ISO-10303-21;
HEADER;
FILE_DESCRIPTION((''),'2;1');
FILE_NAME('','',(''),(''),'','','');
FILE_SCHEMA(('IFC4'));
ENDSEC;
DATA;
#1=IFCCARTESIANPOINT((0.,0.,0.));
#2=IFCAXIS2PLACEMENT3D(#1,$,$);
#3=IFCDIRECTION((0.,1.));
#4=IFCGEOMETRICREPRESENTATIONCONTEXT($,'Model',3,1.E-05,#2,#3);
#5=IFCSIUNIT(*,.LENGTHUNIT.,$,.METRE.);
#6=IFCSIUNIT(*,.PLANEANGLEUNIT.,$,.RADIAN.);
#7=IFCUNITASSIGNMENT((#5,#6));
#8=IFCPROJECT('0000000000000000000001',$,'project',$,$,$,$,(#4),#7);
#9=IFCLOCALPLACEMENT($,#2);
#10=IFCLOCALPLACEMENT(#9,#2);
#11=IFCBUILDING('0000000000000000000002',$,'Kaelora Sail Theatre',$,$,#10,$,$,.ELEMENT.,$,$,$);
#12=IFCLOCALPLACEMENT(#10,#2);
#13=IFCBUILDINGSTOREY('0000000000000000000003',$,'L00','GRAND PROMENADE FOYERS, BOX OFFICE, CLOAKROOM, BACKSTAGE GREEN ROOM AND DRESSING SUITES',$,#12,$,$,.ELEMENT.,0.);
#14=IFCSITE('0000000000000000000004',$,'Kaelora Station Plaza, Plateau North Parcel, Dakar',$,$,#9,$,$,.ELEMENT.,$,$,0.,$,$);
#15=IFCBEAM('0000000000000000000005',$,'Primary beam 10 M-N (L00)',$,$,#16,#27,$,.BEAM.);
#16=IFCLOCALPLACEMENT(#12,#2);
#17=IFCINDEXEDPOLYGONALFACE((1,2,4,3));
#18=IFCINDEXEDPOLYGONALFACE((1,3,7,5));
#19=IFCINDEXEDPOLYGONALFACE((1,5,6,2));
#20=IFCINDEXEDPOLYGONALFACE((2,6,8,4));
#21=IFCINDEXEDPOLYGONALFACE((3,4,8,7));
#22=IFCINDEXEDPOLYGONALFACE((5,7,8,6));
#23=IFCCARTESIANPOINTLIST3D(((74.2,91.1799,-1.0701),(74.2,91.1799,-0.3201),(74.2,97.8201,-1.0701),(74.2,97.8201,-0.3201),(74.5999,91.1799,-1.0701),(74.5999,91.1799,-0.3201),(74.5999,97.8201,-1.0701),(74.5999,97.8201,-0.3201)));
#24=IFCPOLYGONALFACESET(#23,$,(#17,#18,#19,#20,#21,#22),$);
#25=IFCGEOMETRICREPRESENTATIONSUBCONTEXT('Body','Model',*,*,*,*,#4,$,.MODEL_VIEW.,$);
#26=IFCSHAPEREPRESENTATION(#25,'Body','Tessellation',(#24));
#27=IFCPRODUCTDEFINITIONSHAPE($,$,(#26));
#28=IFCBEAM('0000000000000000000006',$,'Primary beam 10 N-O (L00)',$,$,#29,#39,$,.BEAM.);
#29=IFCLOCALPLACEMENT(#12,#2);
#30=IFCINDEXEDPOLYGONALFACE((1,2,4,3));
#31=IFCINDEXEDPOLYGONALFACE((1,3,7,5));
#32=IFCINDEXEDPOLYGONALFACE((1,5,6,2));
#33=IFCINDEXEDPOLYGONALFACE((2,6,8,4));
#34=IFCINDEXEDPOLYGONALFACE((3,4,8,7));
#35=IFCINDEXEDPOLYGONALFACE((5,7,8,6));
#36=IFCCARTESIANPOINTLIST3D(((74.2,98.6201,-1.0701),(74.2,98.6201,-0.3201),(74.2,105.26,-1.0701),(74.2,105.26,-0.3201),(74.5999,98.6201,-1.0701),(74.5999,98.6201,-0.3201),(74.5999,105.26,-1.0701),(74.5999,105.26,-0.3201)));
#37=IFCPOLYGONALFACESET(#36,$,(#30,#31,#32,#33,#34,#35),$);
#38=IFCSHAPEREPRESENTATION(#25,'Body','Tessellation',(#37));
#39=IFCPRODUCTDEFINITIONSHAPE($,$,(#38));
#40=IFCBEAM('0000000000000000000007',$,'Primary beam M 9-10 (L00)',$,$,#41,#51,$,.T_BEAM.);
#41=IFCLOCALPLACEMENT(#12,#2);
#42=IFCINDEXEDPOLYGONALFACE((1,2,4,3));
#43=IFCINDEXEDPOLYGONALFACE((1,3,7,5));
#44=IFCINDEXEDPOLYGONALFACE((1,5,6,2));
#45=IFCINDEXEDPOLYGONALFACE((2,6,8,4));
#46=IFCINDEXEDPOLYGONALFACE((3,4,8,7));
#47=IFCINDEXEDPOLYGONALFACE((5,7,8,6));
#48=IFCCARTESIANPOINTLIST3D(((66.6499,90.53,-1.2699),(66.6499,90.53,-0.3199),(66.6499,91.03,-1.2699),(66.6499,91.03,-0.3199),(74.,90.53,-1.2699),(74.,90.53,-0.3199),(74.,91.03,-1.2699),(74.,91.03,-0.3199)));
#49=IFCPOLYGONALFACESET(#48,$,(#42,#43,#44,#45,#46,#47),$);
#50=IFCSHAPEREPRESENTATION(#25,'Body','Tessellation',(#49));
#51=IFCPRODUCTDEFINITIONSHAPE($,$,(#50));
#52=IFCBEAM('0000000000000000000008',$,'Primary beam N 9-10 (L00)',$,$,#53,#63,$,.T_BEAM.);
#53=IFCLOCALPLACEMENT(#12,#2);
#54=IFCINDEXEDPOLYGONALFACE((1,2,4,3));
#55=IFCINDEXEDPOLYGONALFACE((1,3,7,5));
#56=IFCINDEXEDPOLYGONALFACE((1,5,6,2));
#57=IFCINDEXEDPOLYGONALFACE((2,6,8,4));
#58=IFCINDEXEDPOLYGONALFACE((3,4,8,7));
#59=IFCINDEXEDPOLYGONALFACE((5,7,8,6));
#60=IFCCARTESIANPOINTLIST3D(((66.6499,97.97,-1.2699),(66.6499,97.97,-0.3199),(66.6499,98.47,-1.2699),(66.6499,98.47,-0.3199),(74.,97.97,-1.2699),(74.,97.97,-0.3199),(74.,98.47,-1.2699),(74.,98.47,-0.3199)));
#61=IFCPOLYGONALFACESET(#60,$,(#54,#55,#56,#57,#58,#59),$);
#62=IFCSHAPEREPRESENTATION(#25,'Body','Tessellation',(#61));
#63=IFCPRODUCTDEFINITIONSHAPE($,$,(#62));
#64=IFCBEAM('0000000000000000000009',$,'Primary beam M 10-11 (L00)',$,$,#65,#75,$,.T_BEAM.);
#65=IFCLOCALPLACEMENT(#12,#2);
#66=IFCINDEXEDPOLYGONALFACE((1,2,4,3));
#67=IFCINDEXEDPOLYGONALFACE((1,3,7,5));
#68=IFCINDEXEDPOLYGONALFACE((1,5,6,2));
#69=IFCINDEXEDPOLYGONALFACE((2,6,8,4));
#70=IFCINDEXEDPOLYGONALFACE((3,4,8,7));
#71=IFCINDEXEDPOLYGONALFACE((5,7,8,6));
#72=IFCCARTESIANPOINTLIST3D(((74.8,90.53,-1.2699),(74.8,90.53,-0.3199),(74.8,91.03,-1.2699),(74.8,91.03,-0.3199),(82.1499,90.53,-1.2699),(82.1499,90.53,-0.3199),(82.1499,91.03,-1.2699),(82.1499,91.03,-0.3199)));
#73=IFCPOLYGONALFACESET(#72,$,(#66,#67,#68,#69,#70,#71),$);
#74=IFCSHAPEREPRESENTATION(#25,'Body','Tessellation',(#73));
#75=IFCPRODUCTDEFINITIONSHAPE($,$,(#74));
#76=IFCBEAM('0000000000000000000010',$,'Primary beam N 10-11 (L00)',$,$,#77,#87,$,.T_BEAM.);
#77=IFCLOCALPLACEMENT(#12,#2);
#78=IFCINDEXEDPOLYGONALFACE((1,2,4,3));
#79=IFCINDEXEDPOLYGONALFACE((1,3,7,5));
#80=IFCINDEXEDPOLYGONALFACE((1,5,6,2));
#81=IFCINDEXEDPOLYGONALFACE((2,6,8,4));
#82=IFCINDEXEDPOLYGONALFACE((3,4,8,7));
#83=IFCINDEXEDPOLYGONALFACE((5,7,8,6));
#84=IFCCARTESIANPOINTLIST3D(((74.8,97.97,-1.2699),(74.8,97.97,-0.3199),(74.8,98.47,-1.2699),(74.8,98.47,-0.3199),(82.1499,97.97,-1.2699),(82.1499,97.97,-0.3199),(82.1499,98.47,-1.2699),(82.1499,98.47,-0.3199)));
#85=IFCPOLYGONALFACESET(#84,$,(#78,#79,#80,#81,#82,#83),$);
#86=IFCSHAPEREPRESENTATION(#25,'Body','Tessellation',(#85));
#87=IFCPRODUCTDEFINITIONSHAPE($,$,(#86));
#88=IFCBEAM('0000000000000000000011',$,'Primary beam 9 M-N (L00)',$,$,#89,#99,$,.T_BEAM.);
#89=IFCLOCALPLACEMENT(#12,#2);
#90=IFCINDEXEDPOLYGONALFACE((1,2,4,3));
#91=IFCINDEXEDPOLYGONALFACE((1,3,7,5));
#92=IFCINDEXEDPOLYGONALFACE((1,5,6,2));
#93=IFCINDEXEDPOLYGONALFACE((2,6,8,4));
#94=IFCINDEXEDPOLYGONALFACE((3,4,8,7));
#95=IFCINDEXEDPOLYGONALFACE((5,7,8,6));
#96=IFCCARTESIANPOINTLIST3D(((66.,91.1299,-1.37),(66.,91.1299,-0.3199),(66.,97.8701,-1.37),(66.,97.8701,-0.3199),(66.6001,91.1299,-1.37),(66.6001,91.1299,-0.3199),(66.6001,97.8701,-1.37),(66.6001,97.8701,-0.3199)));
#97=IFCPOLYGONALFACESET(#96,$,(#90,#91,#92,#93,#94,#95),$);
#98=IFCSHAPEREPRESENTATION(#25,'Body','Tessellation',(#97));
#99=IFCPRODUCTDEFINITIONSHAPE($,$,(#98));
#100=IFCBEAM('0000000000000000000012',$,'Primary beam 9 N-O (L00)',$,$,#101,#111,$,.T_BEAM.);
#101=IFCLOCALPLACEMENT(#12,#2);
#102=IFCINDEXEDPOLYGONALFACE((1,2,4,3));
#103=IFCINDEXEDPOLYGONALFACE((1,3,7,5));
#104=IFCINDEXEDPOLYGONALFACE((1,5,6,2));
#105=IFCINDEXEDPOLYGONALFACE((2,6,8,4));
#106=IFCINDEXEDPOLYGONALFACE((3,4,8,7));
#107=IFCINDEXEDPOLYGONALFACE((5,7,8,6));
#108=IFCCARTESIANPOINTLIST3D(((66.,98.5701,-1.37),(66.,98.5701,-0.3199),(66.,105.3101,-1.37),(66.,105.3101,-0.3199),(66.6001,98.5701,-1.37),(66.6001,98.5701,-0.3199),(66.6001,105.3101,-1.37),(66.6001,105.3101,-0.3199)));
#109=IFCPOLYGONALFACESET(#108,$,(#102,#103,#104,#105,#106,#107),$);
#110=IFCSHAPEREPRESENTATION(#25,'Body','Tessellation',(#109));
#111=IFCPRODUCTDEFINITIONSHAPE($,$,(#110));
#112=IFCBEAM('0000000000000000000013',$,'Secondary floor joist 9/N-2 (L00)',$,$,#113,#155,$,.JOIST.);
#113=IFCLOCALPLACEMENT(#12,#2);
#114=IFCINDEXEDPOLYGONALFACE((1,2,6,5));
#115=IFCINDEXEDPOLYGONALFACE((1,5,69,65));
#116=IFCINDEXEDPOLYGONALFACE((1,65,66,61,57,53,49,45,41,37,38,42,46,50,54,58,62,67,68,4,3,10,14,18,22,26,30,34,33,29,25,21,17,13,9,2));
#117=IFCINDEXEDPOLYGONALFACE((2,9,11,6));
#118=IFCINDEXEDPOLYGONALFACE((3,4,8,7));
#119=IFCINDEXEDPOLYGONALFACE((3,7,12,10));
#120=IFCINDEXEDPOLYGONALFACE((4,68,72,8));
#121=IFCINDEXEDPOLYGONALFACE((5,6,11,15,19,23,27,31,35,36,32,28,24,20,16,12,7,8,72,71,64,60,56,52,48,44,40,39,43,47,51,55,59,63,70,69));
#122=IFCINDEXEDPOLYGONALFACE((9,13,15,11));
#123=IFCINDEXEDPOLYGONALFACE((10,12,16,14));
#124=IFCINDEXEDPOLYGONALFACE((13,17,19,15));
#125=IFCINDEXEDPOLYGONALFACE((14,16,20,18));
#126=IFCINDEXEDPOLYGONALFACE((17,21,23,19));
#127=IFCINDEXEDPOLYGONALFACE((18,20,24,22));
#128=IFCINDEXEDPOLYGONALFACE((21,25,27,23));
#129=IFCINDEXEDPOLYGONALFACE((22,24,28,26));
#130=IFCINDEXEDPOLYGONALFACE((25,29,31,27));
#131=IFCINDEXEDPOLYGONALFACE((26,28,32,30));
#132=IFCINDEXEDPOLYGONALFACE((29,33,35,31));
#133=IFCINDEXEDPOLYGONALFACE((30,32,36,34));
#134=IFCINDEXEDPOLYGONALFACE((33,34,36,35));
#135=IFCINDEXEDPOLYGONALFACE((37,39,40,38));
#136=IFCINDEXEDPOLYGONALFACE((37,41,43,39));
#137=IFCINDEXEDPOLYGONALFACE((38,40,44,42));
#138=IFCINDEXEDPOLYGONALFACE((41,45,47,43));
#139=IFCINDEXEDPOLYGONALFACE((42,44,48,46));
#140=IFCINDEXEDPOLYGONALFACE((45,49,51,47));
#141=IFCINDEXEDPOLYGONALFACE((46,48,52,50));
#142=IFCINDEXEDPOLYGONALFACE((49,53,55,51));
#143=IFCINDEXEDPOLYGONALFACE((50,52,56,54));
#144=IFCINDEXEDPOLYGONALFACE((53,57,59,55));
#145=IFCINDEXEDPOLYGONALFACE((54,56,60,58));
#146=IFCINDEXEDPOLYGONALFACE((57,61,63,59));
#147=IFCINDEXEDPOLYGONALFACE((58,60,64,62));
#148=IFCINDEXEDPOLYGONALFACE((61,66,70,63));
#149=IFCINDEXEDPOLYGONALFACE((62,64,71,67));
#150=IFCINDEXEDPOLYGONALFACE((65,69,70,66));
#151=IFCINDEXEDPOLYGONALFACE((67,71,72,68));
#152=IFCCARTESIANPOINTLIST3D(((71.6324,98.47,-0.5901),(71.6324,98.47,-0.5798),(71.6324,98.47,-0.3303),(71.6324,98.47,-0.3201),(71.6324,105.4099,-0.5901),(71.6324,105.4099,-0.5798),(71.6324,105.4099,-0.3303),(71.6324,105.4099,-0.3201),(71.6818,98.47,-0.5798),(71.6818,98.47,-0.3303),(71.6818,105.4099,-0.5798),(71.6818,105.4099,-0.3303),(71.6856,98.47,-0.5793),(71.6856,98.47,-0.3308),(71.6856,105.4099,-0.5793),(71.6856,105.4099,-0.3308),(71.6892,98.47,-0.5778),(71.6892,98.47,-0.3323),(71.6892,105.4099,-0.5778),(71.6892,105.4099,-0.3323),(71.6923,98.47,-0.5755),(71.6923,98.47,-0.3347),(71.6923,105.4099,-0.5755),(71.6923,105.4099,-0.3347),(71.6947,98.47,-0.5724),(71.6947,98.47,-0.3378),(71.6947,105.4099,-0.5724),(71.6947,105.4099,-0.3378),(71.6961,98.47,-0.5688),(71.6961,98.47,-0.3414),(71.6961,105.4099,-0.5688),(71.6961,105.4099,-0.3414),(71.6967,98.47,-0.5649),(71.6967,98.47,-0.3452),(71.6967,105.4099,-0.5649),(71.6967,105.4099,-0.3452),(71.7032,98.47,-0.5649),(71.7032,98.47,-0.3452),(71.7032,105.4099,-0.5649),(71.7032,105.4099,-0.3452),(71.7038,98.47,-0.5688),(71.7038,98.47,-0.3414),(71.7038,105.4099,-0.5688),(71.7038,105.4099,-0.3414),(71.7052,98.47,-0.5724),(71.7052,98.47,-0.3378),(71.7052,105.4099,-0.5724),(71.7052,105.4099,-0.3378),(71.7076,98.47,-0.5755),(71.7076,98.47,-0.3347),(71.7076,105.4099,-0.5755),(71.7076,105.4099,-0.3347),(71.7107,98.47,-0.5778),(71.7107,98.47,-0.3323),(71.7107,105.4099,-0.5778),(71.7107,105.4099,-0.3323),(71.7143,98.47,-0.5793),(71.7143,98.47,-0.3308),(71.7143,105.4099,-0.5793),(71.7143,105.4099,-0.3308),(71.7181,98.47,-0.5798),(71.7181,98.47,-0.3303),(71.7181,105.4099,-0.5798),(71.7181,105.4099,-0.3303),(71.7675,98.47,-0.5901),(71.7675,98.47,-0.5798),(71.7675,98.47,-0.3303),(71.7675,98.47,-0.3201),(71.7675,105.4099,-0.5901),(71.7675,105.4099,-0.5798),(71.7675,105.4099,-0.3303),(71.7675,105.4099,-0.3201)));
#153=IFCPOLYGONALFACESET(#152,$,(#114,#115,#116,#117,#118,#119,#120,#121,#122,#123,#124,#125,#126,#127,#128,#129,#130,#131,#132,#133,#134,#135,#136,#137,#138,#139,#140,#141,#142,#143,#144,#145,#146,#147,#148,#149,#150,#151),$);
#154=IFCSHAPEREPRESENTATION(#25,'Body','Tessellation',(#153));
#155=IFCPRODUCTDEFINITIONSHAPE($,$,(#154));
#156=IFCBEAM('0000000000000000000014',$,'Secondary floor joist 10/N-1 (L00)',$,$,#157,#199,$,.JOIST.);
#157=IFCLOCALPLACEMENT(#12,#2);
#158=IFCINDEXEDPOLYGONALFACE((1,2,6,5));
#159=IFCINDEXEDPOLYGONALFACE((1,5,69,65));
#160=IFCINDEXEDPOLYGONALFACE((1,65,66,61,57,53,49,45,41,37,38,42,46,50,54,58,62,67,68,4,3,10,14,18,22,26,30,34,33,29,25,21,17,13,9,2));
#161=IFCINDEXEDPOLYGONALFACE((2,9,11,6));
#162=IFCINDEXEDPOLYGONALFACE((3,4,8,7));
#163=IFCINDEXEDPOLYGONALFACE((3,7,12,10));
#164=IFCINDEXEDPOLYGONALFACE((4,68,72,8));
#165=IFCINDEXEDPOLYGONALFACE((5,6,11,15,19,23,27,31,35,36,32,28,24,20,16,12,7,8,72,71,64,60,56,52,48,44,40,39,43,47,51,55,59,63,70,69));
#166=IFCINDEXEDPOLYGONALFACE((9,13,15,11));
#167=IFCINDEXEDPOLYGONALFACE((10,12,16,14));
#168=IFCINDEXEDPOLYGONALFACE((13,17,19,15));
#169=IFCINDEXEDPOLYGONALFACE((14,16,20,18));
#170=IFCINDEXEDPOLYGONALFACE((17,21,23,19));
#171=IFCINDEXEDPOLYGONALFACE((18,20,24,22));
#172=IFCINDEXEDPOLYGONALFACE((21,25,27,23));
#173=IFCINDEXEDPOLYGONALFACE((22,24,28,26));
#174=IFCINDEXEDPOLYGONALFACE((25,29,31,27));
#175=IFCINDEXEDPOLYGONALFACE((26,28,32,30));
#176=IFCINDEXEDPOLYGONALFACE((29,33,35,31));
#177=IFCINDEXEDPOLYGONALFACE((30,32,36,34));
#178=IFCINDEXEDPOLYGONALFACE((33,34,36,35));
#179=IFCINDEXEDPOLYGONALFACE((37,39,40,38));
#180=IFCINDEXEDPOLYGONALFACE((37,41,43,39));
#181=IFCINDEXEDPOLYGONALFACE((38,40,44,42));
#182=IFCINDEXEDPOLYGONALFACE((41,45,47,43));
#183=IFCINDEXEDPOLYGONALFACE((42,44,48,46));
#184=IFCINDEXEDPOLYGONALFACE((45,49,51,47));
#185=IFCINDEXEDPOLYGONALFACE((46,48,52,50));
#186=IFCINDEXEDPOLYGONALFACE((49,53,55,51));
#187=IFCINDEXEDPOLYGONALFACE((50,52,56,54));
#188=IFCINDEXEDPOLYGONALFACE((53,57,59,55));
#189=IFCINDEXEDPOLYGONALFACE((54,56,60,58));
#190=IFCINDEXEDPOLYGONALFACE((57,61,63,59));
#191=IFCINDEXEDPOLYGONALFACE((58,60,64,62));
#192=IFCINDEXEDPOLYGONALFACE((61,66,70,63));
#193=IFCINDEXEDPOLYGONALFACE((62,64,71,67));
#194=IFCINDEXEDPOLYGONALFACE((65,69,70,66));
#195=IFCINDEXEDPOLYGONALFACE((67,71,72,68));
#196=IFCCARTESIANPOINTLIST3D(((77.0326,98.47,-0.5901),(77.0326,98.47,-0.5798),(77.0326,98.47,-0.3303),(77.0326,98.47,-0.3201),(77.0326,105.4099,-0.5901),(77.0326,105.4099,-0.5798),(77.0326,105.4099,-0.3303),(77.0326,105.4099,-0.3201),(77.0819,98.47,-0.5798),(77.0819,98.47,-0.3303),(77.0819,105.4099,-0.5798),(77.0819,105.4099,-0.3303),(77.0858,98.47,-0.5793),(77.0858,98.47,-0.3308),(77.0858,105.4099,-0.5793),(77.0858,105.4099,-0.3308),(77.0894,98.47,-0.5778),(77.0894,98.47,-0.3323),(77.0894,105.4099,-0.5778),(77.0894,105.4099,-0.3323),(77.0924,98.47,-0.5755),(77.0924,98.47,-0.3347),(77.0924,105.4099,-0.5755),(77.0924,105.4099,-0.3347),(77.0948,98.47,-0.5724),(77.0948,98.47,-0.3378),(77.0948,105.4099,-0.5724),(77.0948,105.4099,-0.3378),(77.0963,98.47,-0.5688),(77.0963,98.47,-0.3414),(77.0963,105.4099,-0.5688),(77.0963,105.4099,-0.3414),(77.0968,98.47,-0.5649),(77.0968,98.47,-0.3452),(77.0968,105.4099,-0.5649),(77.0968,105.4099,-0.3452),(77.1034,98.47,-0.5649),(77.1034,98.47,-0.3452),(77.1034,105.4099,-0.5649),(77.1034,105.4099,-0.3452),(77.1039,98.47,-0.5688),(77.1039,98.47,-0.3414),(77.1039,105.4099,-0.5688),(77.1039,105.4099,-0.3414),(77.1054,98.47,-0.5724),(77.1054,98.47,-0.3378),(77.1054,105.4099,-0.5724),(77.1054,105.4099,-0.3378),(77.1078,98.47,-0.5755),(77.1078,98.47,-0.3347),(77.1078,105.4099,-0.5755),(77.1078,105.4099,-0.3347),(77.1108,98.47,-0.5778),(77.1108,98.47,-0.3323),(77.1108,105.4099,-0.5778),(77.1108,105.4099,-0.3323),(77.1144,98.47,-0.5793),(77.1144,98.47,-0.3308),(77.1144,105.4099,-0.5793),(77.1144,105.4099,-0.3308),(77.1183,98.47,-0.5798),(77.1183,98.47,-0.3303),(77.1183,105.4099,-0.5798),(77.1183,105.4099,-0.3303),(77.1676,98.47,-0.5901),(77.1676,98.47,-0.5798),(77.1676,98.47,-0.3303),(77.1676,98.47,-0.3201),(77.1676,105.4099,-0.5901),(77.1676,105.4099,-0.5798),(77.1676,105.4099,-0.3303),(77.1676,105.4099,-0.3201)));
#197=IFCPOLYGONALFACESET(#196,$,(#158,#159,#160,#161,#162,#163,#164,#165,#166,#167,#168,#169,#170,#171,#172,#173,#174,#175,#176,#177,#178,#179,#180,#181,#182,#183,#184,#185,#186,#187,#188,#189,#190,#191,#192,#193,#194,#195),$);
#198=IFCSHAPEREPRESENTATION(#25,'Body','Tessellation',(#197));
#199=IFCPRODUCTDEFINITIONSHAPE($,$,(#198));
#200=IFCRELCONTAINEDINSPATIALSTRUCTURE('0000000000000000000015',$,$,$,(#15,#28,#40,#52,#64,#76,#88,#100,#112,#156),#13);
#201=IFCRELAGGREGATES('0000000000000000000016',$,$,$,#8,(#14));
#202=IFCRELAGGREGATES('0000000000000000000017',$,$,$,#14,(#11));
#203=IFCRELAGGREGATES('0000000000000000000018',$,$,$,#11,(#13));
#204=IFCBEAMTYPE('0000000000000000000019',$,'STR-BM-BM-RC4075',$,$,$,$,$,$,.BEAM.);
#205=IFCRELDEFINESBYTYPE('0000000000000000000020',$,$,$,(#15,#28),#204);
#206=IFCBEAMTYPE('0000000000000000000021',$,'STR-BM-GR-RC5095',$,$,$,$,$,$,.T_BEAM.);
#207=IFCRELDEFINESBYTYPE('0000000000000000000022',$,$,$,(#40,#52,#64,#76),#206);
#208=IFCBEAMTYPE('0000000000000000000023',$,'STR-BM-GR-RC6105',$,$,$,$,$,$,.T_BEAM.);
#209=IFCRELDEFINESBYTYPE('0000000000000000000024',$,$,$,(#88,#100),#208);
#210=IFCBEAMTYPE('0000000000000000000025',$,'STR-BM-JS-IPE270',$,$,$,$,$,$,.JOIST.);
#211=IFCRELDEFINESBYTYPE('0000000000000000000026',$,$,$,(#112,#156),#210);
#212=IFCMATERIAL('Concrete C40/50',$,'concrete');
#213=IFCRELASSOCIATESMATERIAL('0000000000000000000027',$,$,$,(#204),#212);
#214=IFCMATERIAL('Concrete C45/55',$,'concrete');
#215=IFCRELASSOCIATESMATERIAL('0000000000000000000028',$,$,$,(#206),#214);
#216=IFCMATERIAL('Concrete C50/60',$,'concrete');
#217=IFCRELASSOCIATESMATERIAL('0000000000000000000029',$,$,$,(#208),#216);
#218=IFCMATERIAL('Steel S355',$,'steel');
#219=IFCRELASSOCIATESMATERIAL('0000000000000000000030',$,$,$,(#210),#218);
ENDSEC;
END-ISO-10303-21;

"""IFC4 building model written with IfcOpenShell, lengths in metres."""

from ifc_helpers import new_model, si_unit, direction, frame, origin, origin_2d, place, context, subcontext, project, spatial, rectangle, i_section, extrude, material, material_profile, profile_set, type_object, element, save


model = new_model("IFC4")

# Units and contexts
model_context = context("Model", 3, precision=1e-05, world=origin(), true_north=direction((0.0, 1.0)))
body_context = subcontext(model_context, "Body", "Model", "MODEL_VIEW")
ifc_project = project(units=[si_unit("LENGTHUNIT", "METRE"), si_unit("PLANEANGLEUNIT", "RADIAN")], contexts=[model_context])

# Site, building, storey
site_placement = place(None, origin())
site = spatial("IfcSite", under=ifc_project, at=site_placement, Name="Kaelora Station Plaza, Plateau North Parcel, Dakar", CompositionType="ELEMENT", RefElevation=0.0)
building_placement = place(site_placement, origin())
building = spatial("IfcBuilding", under=site, at=building_placement, Name="Kaelora Sail Theatre", CompositionType="ELEMENT")
storey_placement = place(building_placement, origin())
storey = spatial("IfcBuildingStorey", under=building, at=storey_placement, Name="L00", Description="GRAND PROMENADE FOYERS, BOX OFFICE, CLOAKROOM, BACKSTAGE GREEN ROOM AND DRESSING SUITES", CompositionType="ELEMENT", Elevation=0.0)

# Beams
ifc_material_1 = material(Name="Concrete C40/50", Category="concrete")
ifc_material_profile_1 = material_profile(ifc_material_1, rectangle(XDim=0.3999, YDim=0.75, at=origin_2d()), Name="RC-BM 400x750")
ifc_profile_set_1 = profile_set([ifc_material_profile_1], Name="Concrete C40/50")
beam_type_1 = type_object("IfcBeamType", Name="STR-BM-BM-RC4075", PredefinedType="BEAM", material=ifc_profile_set_1)
beam_1_placement = place(storey_placement, frame((74.3999, 91.1799, -0.6951), z_axis=(0.0, 1.0, 0.0), x_axis=(-1.0, 0.0, 0.0)))
element("IfcBeam", 1, at=beam_1_placement, inside=storey, type_object=beam_type_1, Name="Primary beam 10 M-N (L00)", PredefinedType="BEAM", context=body_context, shape_type="SweptSolid", body=[
    extrude(rectangle(XDim=0.3999, YDim=0.75, at=origin_2d()), origin(), (0.0, 0.0, 1.0), 6.6401),
])
beam_2_placement = place(storey_placement, frame((74.3999, 98.6201, -0.6951), z_axis=(0.0, 1.0, 0.0), x_axis=(-1.0, 0.0, 0.0)))
element("IfcBeam", 2, at=beam_2_placement, inside=storey, type_object=beam_type_1, Name="Primary beam 10 N-O (L00)", PredefinedType="BEAM", context=body_context, shape_type="SweptSolid", body=[
    extrude(rectangle(XDim=0.3999, YDim=0.75, at=origin_2d()), origin(), (0.0, 0.0, 1.0), 6.6399),
])
ifc_material_2 = material(Name="Concrete C45/55", Category="concrete")
ifc_material_profile_2 = material_profile(ifc_material_2, rectangle(XDim=0.5, YDim=0.95, at=origin_2d()), Name="RC-GRD 500x950")
ifc_profile_set_2 = profile_set([ifc_material_profile_2], Name="Concrete C45/55")
beam_type_2 = type_object("IfcBeamType", Name="STR-BM-GR-RC5095", PredefinedType="T_BEAM", material=ifc_profile_set_2)
for number, where, z_axis, x_axis, name in (
    (3, (66.6499, 90.78, -0.7949), (1.0, 0.0, 0.0), (0.0, 1.0, 0.0), "Primary beam M 9-10 (L00)"),
    (4, (66.6499, 98.22, -0.7949), (1.0, 0.0, 0.0), (0.0, 1.0, 0.0), "Primary beam N 9-10 (L00)"),
):
    element("IfcBeam", number, at=place(storey_placement, frame(where, z_axis=z_axis, x_axis=x_axis)), inside=storey, type_object=beam_type_2, Name=name, PredefinedType="T_BEAM", context=body_context, shape_type="SweptSolid", body=[
        extrude(rectangle(XDim=0.5, YDim=0.95, at=origin_2d()), origin(), (0.0, 0.0, 1.0), 7.3501),
    ])
for number, where, z_axis, x_axis, name in (
    (5, (74.8, 90.78, -0.7949), (1.0, 0.0, 0.0), (0.0, 1.0, 0.0), "Primary beam M 10-11 (L00)"),
    (6, (74.8, 98.22, -0.7949), (1.0, 0.0, 0.0), (0.0, 1.0, 0.0), "Primary beam N 10-11 (L00)"),
):
    element("IfcBeam", number, at=place(storey_placement, frame(where, z_axis=z_axis, x_axis=x_axis)), inside=storey, type_object=beam_type_2, Name=name, PredefinedType="T_BEAM", context=body_context, shape_type="SweptSolid", body=[
        extrude(rectangle(XDim=0.5, YDim=0.95, at=origin_2d()), origin(), (0.0, 0.0, 1.0), 7.3499),
    ])
ifc_material_3 = material(Name="Concrete C50/60", Category="concrete")
ifc_material_profile_3 = material_profile(ifc_material_3, rectangle(XDim=0.6001, YDim=1.05, at=origin_2d()), Name="RC-GRD 600x1050")
ifc_profile_set_3 = profile_set([ifc_material_profile_3], Name="Concrete C50/60")
beam_type_3 = type_object("IfcBeamType", Name="STR-BM-GR-RC6105", PredefinedType="T_BEAM", material=ifc_profile_set_3)
beam_3_placement = place(storey_placement, frame((66.3, 91.1299, -0.845), z_axis=(0.0, 1.0, 0.0), x_axis=(-1.0, 0.0, 0.0)))
element("IfcBeam", 7, at=beam_3_placement, inside=storey, type_object=beam_type_3, Name="Primary beam 9 M-N (L00)", PredefinedType="T_BEAM", context=body_context, shape_type="SweptSolid", body=[
    extrude(rectangle(XDim=0.6001, YDim=1.05, at=origin_2d()), origin(), (0.0, 0.0, 1.0), 6.7402),
])
beam_4_placement = place(storey_placement, frame((66.3, 98.5701, -0.845), z_axis=(0.0, 1.0, 0.0), x_axis=(-1.0, 0.0, 0.0)))
element("IfcBeam", 8, at=beam_4_placement, inside=storey, type_object=beam_type_3, Name="Primary beam 9 N-O (L00)", PredefinedType="T_BEAM", context=body_context, shape_type="SweptSolid", body=[
    extrude(rectangle(XDim=0.6001, YDim=1.05, at=origin_2d()), origin(), (0.0, 0.0, 1.0), 6.74),
])
ifc_material_4 = material(Name="Steel S355", Category="steel")
ifc_material_profile_4 = material_profile(ifc_material_4, i_section(OverallWidth=0.135, OverallDepth=0.27, WebThickness=0.0066, FlangeThickness=0.0103, FilletRadius=0.0149, at=origin_2d()), Name="IPE 270")
ifc_profile_set_4 = profile_set([ifc_material_profile_4], Name="Steel S355")
beam_type_4 = type_object("IfcBeamType", Name="STR-BM-JS-IPE270", PredefinedType="JOIST", material=ifc_profile_set_4)
for number, where, z_axis, x_axis, name in (
    (9, (71.7, 98.47, -0.4551), (0.0, 1.0, 0.0), (-1.0, 0.0, 0.0), "Secondary floor joist 9/N-2 (L00)"),
    (10, (77.1001, 98.47, -0.4551), (0.0, 1.0, 0.0), (-1.0, 0.0, 0.0), "Secondary floor joist 10/N-1 (L00)"),
):
    element("IfcBeam", number, at=place(storey_placement, frame(where, z_axis=z_axis, x_axis=x_axis)), inside=storey, type_object=beam_type_4, Name=name, PredefinedType="JOIST", context=body_context, shape_type="SweptSolid", body=[
        extrude(i_section(OverallWidth=0.135, OverallDepth=0.27, WebThickness=0.0066, FlangeThickness=0.0103, FilletRadius=0.0149, at=origin_2d()), origin(), (0.0, 0.0, 1.0), 6.9399),
    ])

save(model, "model.ifc")
